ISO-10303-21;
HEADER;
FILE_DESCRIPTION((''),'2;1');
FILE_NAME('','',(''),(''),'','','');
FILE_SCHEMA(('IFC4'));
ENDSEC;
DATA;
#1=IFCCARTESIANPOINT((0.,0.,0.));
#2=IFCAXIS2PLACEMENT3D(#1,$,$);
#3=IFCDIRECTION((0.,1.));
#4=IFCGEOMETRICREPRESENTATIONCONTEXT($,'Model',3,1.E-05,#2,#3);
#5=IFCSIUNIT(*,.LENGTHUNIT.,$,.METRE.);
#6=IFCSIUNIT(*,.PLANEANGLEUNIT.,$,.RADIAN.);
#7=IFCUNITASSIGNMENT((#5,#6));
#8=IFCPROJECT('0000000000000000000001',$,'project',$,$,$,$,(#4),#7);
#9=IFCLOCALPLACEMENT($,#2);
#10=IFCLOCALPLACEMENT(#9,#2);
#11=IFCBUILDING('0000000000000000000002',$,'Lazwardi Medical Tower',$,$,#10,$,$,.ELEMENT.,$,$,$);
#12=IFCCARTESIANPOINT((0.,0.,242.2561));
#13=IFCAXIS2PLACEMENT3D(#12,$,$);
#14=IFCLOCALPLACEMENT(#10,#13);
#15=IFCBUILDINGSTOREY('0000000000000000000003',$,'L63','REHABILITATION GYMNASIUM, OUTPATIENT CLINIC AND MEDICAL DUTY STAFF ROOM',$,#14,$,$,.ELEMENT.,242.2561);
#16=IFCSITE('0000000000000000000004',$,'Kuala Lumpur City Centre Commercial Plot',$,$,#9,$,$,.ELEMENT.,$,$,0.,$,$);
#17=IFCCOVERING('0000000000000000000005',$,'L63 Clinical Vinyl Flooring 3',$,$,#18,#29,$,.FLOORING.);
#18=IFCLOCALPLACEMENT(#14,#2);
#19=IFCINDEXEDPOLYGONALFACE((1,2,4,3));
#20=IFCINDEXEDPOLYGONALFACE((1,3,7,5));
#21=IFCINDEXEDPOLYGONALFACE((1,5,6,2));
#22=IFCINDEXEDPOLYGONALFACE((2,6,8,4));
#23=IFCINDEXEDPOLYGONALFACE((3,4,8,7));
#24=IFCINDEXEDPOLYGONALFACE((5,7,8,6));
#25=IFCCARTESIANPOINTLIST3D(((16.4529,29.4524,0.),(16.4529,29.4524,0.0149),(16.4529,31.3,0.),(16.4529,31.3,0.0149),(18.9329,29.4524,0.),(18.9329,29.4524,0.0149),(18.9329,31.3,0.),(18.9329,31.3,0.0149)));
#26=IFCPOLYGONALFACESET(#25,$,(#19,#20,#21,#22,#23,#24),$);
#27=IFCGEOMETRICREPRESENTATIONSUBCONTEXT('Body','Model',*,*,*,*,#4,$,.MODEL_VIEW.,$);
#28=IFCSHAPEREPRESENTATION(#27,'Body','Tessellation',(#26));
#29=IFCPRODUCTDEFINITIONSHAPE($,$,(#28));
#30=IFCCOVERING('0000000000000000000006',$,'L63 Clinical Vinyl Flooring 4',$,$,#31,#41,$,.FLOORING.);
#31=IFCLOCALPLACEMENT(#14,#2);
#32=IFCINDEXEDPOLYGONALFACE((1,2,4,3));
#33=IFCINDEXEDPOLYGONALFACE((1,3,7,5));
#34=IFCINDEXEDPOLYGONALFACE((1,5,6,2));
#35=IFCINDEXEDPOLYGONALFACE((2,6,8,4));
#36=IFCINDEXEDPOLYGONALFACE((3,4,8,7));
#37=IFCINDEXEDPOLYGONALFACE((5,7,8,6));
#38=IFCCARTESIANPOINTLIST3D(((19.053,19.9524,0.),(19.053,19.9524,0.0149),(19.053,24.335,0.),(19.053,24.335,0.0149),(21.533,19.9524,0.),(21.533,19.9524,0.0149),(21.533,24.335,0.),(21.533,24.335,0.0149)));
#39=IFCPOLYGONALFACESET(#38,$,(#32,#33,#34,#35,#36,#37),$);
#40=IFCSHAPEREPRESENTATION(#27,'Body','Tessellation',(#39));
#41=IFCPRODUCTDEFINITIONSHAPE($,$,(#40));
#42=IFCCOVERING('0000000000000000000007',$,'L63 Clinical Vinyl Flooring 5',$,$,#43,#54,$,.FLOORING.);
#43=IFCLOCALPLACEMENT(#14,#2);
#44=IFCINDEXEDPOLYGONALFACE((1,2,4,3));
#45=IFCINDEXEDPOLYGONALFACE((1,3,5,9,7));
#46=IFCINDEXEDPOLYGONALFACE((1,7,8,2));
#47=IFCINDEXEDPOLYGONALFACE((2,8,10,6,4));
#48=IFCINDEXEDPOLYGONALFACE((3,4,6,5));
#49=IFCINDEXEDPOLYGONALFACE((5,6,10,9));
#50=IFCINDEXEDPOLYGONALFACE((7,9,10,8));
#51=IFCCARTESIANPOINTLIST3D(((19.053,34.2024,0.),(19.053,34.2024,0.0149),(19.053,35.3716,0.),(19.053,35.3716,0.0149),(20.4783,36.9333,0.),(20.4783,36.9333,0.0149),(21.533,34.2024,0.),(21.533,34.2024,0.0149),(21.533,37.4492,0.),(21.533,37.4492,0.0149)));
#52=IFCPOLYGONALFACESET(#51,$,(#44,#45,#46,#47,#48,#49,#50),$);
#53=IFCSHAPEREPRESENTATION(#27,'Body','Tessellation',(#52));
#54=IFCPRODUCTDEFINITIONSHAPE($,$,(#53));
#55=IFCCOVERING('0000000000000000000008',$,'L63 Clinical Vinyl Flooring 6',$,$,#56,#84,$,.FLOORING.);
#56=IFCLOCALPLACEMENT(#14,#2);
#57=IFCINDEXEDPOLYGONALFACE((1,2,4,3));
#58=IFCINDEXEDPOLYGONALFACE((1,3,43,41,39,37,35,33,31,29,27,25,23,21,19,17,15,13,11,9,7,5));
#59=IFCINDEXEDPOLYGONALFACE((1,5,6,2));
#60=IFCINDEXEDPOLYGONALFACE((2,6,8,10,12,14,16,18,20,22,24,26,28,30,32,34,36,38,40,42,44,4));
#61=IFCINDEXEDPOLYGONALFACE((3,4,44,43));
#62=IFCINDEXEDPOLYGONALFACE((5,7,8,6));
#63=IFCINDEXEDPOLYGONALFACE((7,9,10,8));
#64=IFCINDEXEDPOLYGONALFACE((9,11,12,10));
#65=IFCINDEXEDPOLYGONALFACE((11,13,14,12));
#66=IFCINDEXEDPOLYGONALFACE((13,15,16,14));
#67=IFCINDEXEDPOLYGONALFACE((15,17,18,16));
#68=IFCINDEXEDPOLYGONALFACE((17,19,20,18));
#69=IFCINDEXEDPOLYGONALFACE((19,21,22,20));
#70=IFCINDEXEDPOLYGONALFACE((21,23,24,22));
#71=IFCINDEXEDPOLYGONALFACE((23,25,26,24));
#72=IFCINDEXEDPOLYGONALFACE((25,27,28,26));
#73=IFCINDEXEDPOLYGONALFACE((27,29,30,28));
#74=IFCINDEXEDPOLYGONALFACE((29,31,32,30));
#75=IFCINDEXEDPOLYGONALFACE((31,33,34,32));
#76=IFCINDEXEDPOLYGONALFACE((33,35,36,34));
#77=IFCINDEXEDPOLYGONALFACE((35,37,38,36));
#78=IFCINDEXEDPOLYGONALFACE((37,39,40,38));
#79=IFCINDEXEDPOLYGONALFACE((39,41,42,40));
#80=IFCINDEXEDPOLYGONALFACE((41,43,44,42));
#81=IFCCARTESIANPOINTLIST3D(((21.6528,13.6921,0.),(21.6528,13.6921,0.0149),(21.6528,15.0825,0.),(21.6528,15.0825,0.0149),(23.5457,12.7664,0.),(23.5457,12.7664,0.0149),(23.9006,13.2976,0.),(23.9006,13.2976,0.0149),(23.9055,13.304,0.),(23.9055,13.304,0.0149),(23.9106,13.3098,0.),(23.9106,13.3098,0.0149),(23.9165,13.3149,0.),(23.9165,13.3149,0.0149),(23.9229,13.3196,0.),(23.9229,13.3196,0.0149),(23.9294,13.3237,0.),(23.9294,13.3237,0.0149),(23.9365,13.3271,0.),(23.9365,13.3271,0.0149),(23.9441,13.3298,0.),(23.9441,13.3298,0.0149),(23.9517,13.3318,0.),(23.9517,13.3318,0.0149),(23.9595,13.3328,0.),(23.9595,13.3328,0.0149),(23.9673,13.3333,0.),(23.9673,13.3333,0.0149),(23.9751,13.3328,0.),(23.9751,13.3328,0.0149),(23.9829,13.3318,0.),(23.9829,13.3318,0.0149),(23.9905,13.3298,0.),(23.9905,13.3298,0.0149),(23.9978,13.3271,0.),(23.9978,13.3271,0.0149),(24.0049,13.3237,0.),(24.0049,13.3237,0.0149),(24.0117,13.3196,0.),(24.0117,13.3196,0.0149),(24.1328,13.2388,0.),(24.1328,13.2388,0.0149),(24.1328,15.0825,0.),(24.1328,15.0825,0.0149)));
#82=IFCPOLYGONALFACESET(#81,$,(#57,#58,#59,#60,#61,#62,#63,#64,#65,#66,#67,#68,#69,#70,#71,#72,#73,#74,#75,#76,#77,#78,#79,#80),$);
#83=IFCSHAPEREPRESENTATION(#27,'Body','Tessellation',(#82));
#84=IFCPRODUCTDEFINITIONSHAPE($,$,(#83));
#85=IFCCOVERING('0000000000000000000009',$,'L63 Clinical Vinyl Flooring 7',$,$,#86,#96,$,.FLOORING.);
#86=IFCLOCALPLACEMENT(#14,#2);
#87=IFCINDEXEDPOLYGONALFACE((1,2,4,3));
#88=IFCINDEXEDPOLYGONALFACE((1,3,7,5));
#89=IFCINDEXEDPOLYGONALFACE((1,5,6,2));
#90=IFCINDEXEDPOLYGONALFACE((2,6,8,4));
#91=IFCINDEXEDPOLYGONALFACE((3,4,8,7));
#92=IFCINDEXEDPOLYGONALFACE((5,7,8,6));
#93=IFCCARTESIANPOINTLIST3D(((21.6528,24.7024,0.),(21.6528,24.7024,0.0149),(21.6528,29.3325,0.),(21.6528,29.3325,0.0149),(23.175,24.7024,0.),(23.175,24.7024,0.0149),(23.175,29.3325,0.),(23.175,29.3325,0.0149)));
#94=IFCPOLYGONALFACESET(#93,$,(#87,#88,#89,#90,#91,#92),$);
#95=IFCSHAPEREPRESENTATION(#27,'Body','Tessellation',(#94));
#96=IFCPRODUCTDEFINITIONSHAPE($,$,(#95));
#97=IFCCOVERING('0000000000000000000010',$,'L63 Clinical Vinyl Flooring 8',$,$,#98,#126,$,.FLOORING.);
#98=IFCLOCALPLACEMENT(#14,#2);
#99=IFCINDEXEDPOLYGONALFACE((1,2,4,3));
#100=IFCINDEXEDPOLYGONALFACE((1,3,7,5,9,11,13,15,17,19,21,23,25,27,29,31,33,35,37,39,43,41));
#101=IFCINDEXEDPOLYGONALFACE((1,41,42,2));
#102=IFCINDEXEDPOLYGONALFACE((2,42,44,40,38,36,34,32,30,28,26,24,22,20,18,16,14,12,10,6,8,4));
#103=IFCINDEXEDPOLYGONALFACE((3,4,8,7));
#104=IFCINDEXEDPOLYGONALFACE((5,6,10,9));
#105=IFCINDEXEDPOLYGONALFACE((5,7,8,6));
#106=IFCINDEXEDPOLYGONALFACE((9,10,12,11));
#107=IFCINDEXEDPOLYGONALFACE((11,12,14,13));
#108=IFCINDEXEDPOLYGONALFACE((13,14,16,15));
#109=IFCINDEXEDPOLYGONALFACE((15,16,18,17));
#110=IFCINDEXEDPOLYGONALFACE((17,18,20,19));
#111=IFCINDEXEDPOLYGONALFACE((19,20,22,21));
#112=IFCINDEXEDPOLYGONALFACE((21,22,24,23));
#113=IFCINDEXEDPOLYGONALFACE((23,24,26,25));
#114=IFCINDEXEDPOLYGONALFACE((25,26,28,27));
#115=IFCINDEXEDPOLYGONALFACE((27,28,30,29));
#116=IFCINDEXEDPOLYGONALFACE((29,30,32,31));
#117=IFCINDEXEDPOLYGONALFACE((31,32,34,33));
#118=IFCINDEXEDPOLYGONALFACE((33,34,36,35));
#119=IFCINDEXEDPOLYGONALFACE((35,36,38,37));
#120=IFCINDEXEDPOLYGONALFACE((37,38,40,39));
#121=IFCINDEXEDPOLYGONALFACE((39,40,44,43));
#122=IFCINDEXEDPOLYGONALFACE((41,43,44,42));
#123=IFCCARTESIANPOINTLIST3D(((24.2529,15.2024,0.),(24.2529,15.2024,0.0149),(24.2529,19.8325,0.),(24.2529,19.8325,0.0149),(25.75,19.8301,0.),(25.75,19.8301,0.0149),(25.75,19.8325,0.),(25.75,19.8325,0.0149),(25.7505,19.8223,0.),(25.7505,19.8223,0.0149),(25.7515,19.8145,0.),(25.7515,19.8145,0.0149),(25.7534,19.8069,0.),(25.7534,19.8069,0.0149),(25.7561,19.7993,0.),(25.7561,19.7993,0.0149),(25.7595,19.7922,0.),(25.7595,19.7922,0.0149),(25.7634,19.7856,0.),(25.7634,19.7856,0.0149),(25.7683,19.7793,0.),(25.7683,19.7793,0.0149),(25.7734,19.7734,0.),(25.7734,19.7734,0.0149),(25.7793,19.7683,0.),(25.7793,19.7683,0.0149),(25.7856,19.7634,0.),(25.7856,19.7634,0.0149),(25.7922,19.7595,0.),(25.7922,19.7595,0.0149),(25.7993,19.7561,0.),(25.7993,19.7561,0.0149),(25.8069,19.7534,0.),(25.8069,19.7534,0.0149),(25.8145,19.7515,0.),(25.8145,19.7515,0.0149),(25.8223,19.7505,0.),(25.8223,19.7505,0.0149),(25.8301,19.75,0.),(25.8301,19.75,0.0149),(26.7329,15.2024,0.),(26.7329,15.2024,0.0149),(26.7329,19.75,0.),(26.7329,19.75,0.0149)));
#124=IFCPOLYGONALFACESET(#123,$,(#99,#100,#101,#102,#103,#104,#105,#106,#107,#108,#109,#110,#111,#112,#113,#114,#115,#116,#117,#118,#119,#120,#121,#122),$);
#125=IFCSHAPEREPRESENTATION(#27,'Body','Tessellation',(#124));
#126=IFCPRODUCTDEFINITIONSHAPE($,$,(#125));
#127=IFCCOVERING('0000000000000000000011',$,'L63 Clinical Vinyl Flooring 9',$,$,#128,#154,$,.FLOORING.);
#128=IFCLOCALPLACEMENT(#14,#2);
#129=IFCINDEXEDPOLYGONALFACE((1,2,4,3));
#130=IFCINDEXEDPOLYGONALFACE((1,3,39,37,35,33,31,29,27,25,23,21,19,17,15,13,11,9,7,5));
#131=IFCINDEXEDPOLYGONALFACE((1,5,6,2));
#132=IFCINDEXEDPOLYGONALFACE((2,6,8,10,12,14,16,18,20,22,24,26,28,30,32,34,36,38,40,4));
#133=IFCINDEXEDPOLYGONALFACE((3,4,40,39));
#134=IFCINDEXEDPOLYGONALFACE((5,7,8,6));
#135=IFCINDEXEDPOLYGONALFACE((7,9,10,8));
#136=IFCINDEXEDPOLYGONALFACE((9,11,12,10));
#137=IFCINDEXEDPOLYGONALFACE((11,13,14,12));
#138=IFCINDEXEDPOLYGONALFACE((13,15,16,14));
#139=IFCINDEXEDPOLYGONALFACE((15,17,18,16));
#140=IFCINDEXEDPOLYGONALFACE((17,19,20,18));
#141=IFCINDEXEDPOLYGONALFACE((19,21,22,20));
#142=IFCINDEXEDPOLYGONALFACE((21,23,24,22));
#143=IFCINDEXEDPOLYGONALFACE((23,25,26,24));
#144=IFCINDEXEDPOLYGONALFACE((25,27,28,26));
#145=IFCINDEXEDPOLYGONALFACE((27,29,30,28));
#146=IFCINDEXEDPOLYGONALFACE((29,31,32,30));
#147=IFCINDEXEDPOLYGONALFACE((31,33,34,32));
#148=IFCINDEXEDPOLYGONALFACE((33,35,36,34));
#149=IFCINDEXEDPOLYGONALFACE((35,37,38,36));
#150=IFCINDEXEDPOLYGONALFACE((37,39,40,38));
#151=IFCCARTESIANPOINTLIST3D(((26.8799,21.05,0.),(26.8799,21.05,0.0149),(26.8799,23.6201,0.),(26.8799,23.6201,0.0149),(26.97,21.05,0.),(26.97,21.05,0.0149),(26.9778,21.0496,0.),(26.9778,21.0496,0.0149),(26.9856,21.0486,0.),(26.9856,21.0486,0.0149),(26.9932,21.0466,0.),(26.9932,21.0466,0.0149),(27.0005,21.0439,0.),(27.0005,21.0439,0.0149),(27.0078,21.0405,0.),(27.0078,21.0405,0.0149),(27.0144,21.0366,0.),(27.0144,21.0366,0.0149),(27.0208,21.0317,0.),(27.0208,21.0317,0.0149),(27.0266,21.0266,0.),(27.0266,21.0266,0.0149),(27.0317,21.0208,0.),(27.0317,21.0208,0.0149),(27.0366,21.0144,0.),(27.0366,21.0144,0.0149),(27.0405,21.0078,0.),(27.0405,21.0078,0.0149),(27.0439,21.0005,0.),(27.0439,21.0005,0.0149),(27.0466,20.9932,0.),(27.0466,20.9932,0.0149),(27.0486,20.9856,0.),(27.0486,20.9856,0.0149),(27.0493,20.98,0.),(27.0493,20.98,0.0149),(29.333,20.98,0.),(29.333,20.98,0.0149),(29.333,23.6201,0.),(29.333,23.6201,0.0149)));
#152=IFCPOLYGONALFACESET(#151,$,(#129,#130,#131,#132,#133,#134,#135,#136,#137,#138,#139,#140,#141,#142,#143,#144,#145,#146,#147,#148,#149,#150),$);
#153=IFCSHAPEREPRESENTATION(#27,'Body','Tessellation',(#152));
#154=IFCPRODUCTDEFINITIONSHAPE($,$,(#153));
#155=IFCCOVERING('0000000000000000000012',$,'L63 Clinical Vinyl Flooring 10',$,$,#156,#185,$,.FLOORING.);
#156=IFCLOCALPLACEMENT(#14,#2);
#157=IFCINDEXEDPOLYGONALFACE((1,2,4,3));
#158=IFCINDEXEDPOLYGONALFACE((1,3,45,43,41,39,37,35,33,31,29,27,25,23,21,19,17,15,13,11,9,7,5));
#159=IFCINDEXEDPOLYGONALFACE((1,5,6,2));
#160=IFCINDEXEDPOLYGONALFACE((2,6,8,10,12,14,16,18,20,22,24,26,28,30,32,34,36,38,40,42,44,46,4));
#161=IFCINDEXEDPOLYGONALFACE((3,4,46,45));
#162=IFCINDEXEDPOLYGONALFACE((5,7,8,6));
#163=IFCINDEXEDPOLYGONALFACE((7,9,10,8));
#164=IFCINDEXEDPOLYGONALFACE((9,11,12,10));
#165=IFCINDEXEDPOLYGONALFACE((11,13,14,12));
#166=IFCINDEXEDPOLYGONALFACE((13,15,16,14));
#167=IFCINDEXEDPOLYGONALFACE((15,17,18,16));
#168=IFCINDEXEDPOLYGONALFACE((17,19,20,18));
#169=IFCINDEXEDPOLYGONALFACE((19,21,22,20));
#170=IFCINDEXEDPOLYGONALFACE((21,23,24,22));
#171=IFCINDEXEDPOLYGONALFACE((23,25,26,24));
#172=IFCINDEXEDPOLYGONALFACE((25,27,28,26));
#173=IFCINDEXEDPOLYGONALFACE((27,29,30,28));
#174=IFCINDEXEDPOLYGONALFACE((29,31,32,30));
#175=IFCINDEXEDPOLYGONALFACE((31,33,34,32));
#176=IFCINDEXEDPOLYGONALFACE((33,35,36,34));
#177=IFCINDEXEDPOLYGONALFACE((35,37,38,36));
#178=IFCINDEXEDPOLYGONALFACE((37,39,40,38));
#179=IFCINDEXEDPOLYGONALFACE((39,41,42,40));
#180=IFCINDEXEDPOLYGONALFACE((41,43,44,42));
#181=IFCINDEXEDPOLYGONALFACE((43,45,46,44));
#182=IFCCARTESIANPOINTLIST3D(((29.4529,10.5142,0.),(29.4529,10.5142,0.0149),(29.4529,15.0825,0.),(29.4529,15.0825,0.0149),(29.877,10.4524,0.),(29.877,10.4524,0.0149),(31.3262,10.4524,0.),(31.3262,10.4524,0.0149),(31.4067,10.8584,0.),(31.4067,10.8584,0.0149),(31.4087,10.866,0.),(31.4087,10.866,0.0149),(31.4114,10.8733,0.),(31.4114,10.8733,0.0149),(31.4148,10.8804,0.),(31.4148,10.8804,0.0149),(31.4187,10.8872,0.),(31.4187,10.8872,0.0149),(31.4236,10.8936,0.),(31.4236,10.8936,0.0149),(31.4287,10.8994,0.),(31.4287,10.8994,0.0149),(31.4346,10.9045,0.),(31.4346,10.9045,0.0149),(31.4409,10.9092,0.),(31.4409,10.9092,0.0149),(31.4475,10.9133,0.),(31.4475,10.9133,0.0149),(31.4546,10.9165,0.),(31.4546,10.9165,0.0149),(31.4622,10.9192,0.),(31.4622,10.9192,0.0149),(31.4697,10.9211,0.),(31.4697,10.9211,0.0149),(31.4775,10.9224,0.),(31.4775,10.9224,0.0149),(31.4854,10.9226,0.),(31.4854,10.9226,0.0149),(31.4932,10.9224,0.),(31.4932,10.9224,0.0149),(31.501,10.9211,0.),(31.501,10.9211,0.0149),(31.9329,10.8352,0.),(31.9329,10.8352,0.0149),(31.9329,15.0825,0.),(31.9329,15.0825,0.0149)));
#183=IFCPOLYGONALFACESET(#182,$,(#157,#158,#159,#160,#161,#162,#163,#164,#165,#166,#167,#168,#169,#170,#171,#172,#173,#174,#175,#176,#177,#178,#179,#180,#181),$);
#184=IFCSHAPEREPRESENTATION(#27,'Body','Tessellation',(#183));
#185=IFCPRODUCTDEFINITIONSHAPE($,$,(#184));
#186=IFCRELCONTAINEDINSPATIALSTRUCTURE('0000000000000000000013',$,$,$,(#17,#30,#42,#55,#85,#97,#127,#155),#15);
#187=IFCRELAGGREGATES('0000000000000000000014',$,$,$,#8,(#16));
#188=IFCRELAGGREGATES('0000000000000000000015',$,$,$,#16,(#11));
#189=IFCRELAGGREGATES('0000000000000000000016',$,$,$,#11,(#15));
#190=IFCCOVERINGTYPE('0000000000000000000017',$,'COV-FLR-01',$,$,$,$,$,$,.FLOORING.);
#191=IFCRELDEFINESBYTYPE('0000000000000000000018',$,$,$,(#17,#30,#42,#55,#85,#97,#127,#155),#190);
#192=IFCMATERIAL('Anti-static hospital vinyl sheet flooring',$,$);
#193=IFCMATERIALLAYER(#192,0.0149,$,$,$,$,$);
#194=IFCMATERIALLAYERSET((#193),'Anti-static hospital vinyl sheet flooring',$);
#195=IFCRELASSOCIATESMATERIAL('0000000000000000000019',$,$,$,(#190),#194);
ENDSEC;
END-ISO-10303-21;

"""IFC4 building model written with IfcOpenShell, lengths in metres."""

from ifc_helpers import new_model, si_unit, direction, frame, origin, place, context, subcontext, project, spatial, polyline, outline, extrude, material, layer, layer_set, type_object, element, save


model = new_model("IFC4")

# Units and contexts
model_context = context("Model", 3, precision=1e-05, world=origin(), true_north=direction((0.0, 1.0)))
body_context = subcontext(model_context, "Body", "Model", "MODEL_VIEW")
ifc_project = project(units=[si_unit("LENGTHUNIT", "METRE"), si_unit("PLANEANGLEUNIT", "RADIAN")], contexts=[model_context])

# Site, building, storey
site_placement = place(None, origin())
site = spatial("IfcSite", under=ifc_project, at=site_placement, Name="Kuala Lumpur City Centre Commercial Plot", CompositionType="ELEMENT", RefElevation=0.0)
building_placement = place(site_placement, origin())
building = spatial("IfcBuilding", under=site, at=building_placement, Name="Lazwardi Medical Tower", CompositionType="ELEMENT")
storey_placement = place(building_placement, frame((0.0, 0.0, 242.2561)))
storey = spatial("IfcBuildingStorey", under=building, at=storey_placement, Name="L63", Description="REHABILITATION GYMNASIUM, OUTPATIENT CLINIC AND MEDICAL DUTY STAFF ROOM", CompositionType="ELEMENT", Elevation=242.2561)

# Coverings
ifc_material_1 = material(Name="Anti-static hospital vinyl sheet flooring")
ifc_layer_1 = layer(ifc_material_1, 0.0149)
ifc_layer_set_1 = layer_set([ifc_layer_1], Name="Anti-static hospital vinyl sheet flooring")
covering_type_1 = type_object("IfcCoveringType", Name="COV-FLR-01", PredefinedType="FLOORING", material=ifc_layer_set_1)
covering_1_placement = place(storey_placement, origin())
element("IfcCovering", 1, at=covering_1_placement, inside=storey, type_object=covering_type_1, Name="L63 Clinical Vinyl Flooring 3", PredefinedType="FLOORING", context=body_context, shape_type="SweptSolid", body=[
    extrude(outline(polyline([(18.9329, 31.3), (16.4529, 31.3), (16.4529, 29.4524), (18.9329, 29.4524), (18.9329, 31.3)])), origin(), (0.0, 0.0, 1.0), 0.0149),
])
covering_2_placement = place(storey_placement, origin())
element("IfcCovering", 2, at=covering_2_placement, inside=storey, type_object=covering_type_1, Name="L63 Clinical Vinyl Flooring 4", PredefinedType="FLOORING", context=body_context, shape_type="SweptSolid", body=[
    extrude(outline(polyline([(21.533, 24.335), (19.053, 24.335), (19.053, 19.9524), (21.533, 19.9524), (21.533, 24.335)])), origin(), (0.0, 0.0, 1.0), 0.0149),
])
covering_3_placement = place(storey_placement, origin())
element("IfcCovering", 3, at=covering_3_placement, inside=storey, type_object=covering_type_1, Name="L63 Clinical Vinyl Flooring 5", PredefinedType="FLOORING", context=body_context, shape_type="SweptSolid", body=[
    extrude(outline(polyline([(21.533, 37.4492), (20.4783, 36.9333), (19.053, 35.3716), (19.053, 34.2024), (21.533, 34.2024), (21.533, 37.4492)])), origin(), (0.0, 0.0, 1.0), 0.0149),
])
covering_4_placement = place(storey_placement, origin())
element("IfcCovering", 4, at=covering_4_placement, inside=storey, type_object=covering_type_1, Name="L63 Clinical Vinyl Flooring 6", PredefinedType="FLOORING", context=body_context, shape_type="SweptSolid", body=[
    extrude(outline(polyline([(21.6528, 13.6921), (23.5457, 12.7664), (23.9006, 13.2976), (23.9055, 13.304), (23.9106, 13.3098), (23.9165, 13.3149), (23.9229, 13.3196), (23.9294, 13.3237), (23.9365, 13.3271), (23.9441, 13.3298), (23.9517, 13.3318), (23.9595, 13.3328), (23.9673, 13.3333), (23.9751, 13.3328), (23.9829, 13.3318), (23.9905, 13.3298), (23.9978, 13.3271), (24.0049, 13.3237), (24.0117, 13.3196), (24.1328, 13.2388), (24.1328, 15.0825), (21.6528, 15.0825), (21.6528, 13.6921)])), origin(), (0.0, 0.0, 1.0), 0.0149),
])
covering_5_placement = place(storey_placement, origin())
element("IfcCovering", 5, at=covering_5_placement, inside=storey, type_object=covering_type_1, Name="L63 Clinical Vinyl Flooring 7", PredefinedType="FLOORING", context=body_context, shape_type="SweptSolid", body=[
    extrude(outline(polyline([(23.175, 24.7024), (23.175, 29.3325), (21.6528, 29.3325), (21.6528, 24.7024), (23.175, 24.7024)])), origin(), (0.0, 0.0, 1.0), 0.0149),
])
covering_6_placement = place(storey_placement, origin())
element("IfcCovering", 6, at=covering_6_placement, inside=storey, type_object=covering_type_1, Name="L63 Clinical Vinyl Flooring 8", PredefinedType="FLOORING", context=body_context, shape_type="SweptSolid", body=[
    extrude(outline(polyline([(26.7329, 19.75), (25.8301, 19.75), (25.8223, 19.7505), (25.8145, 19.7515), (25.8069, 19.7534), (25.7993, 19.7561), (25.7922, 19.7595), (25.7856, 19.7634), (25.7793, 19.7683), (25.7734, 19.7734), (25.7683, 19.7793), (25.7634, 19.7856), (25.7595, 19.7922), (25.7561, 19.7993), (25.7534, 19.8069), (25.7515, 19.8145), (25.7505, 19.8223), (25.75, 19.8301), (25.75, 19.8325), (24.2529, 19.8325), (24.2529, 15.2024), (26.7329, 15.2024), (26.7329, 19.75)])), origin(), (0.0, 0.0, 1.0), 0.0149),
])
covering_7_placement = place(storey_placement, origin())
element("IfcCovering", 7, at=covering_7_placement, inside=storey, type_object=covering_type_1, Name="L63 Clinical Vinyl Flooring 9", PredefinedType="FLOORING", context=body_context, shape_type="SweptSolid", body=[
    extrude(outline(polyline([(29.333, 23.6201), (26.8799, 23.6201), (26.8799, 21.05), (26.97, 21.05), (26.9778, 21.0496), (26.9856, 21.0486), (26.9932, 21.0466), (27.0005, 21.0439), (27.0078, 21.0405), (27.0144, 21.0366), (27.0208, 21.0317), (27.0266, 21.0266), (27.0317, 21.0208), (27.0366, 21.0144), (27.0405, 21.0078), (27.0439, 21.0005), (27.0466, 20.9932), (27.0486, 20.9856), (27.0493, 20.98), (29.333, 20.98), (29.333, 23.6201)])), origin(), (0.0, 0.0, 1.0), 0.0149),
])
covering_8_placement = place(storey_placement, origin())
element("IfcCovering", 8, at=covering_8_placement, inside=storey, type_object=covering_type_1, Name="L63 Clinical Vinyl Flooring 10", PredefinedType="FLOORING", context=body_context, shape_type="SweptSolid", body=[
    extrude(outline(polyline([(29.4529, 10.5142), (29.877, 10.4524), (31.3262, 10.4524), (31.4067, 10.8584), (31.4087, 10.866), (31.4114, 10.8733), (31.4148, 10.8804), (31.4187, 10.8872), (31.4236, 10.8936), (31.4287, 10.8994), (31.4346, 10.9045), (31.4409, 10.9092), (31.4475, 10.9133), (31.4546, 10.9165), (31.4622, 10.9192), (31.4697, 10.9211), (31.4775, 10.9224), (31.4854, 10.9226), (31.4932, 10.9224), (31.501, 10.9211), (31.9329, 10.8352), (31.9329, 15.0825), (29.4529, 15.0825), (29.4529, 10.5142)])), origin(), (0.0, 0.0, 1.0), 0.0149),
])

save(model, "model.ifc")
